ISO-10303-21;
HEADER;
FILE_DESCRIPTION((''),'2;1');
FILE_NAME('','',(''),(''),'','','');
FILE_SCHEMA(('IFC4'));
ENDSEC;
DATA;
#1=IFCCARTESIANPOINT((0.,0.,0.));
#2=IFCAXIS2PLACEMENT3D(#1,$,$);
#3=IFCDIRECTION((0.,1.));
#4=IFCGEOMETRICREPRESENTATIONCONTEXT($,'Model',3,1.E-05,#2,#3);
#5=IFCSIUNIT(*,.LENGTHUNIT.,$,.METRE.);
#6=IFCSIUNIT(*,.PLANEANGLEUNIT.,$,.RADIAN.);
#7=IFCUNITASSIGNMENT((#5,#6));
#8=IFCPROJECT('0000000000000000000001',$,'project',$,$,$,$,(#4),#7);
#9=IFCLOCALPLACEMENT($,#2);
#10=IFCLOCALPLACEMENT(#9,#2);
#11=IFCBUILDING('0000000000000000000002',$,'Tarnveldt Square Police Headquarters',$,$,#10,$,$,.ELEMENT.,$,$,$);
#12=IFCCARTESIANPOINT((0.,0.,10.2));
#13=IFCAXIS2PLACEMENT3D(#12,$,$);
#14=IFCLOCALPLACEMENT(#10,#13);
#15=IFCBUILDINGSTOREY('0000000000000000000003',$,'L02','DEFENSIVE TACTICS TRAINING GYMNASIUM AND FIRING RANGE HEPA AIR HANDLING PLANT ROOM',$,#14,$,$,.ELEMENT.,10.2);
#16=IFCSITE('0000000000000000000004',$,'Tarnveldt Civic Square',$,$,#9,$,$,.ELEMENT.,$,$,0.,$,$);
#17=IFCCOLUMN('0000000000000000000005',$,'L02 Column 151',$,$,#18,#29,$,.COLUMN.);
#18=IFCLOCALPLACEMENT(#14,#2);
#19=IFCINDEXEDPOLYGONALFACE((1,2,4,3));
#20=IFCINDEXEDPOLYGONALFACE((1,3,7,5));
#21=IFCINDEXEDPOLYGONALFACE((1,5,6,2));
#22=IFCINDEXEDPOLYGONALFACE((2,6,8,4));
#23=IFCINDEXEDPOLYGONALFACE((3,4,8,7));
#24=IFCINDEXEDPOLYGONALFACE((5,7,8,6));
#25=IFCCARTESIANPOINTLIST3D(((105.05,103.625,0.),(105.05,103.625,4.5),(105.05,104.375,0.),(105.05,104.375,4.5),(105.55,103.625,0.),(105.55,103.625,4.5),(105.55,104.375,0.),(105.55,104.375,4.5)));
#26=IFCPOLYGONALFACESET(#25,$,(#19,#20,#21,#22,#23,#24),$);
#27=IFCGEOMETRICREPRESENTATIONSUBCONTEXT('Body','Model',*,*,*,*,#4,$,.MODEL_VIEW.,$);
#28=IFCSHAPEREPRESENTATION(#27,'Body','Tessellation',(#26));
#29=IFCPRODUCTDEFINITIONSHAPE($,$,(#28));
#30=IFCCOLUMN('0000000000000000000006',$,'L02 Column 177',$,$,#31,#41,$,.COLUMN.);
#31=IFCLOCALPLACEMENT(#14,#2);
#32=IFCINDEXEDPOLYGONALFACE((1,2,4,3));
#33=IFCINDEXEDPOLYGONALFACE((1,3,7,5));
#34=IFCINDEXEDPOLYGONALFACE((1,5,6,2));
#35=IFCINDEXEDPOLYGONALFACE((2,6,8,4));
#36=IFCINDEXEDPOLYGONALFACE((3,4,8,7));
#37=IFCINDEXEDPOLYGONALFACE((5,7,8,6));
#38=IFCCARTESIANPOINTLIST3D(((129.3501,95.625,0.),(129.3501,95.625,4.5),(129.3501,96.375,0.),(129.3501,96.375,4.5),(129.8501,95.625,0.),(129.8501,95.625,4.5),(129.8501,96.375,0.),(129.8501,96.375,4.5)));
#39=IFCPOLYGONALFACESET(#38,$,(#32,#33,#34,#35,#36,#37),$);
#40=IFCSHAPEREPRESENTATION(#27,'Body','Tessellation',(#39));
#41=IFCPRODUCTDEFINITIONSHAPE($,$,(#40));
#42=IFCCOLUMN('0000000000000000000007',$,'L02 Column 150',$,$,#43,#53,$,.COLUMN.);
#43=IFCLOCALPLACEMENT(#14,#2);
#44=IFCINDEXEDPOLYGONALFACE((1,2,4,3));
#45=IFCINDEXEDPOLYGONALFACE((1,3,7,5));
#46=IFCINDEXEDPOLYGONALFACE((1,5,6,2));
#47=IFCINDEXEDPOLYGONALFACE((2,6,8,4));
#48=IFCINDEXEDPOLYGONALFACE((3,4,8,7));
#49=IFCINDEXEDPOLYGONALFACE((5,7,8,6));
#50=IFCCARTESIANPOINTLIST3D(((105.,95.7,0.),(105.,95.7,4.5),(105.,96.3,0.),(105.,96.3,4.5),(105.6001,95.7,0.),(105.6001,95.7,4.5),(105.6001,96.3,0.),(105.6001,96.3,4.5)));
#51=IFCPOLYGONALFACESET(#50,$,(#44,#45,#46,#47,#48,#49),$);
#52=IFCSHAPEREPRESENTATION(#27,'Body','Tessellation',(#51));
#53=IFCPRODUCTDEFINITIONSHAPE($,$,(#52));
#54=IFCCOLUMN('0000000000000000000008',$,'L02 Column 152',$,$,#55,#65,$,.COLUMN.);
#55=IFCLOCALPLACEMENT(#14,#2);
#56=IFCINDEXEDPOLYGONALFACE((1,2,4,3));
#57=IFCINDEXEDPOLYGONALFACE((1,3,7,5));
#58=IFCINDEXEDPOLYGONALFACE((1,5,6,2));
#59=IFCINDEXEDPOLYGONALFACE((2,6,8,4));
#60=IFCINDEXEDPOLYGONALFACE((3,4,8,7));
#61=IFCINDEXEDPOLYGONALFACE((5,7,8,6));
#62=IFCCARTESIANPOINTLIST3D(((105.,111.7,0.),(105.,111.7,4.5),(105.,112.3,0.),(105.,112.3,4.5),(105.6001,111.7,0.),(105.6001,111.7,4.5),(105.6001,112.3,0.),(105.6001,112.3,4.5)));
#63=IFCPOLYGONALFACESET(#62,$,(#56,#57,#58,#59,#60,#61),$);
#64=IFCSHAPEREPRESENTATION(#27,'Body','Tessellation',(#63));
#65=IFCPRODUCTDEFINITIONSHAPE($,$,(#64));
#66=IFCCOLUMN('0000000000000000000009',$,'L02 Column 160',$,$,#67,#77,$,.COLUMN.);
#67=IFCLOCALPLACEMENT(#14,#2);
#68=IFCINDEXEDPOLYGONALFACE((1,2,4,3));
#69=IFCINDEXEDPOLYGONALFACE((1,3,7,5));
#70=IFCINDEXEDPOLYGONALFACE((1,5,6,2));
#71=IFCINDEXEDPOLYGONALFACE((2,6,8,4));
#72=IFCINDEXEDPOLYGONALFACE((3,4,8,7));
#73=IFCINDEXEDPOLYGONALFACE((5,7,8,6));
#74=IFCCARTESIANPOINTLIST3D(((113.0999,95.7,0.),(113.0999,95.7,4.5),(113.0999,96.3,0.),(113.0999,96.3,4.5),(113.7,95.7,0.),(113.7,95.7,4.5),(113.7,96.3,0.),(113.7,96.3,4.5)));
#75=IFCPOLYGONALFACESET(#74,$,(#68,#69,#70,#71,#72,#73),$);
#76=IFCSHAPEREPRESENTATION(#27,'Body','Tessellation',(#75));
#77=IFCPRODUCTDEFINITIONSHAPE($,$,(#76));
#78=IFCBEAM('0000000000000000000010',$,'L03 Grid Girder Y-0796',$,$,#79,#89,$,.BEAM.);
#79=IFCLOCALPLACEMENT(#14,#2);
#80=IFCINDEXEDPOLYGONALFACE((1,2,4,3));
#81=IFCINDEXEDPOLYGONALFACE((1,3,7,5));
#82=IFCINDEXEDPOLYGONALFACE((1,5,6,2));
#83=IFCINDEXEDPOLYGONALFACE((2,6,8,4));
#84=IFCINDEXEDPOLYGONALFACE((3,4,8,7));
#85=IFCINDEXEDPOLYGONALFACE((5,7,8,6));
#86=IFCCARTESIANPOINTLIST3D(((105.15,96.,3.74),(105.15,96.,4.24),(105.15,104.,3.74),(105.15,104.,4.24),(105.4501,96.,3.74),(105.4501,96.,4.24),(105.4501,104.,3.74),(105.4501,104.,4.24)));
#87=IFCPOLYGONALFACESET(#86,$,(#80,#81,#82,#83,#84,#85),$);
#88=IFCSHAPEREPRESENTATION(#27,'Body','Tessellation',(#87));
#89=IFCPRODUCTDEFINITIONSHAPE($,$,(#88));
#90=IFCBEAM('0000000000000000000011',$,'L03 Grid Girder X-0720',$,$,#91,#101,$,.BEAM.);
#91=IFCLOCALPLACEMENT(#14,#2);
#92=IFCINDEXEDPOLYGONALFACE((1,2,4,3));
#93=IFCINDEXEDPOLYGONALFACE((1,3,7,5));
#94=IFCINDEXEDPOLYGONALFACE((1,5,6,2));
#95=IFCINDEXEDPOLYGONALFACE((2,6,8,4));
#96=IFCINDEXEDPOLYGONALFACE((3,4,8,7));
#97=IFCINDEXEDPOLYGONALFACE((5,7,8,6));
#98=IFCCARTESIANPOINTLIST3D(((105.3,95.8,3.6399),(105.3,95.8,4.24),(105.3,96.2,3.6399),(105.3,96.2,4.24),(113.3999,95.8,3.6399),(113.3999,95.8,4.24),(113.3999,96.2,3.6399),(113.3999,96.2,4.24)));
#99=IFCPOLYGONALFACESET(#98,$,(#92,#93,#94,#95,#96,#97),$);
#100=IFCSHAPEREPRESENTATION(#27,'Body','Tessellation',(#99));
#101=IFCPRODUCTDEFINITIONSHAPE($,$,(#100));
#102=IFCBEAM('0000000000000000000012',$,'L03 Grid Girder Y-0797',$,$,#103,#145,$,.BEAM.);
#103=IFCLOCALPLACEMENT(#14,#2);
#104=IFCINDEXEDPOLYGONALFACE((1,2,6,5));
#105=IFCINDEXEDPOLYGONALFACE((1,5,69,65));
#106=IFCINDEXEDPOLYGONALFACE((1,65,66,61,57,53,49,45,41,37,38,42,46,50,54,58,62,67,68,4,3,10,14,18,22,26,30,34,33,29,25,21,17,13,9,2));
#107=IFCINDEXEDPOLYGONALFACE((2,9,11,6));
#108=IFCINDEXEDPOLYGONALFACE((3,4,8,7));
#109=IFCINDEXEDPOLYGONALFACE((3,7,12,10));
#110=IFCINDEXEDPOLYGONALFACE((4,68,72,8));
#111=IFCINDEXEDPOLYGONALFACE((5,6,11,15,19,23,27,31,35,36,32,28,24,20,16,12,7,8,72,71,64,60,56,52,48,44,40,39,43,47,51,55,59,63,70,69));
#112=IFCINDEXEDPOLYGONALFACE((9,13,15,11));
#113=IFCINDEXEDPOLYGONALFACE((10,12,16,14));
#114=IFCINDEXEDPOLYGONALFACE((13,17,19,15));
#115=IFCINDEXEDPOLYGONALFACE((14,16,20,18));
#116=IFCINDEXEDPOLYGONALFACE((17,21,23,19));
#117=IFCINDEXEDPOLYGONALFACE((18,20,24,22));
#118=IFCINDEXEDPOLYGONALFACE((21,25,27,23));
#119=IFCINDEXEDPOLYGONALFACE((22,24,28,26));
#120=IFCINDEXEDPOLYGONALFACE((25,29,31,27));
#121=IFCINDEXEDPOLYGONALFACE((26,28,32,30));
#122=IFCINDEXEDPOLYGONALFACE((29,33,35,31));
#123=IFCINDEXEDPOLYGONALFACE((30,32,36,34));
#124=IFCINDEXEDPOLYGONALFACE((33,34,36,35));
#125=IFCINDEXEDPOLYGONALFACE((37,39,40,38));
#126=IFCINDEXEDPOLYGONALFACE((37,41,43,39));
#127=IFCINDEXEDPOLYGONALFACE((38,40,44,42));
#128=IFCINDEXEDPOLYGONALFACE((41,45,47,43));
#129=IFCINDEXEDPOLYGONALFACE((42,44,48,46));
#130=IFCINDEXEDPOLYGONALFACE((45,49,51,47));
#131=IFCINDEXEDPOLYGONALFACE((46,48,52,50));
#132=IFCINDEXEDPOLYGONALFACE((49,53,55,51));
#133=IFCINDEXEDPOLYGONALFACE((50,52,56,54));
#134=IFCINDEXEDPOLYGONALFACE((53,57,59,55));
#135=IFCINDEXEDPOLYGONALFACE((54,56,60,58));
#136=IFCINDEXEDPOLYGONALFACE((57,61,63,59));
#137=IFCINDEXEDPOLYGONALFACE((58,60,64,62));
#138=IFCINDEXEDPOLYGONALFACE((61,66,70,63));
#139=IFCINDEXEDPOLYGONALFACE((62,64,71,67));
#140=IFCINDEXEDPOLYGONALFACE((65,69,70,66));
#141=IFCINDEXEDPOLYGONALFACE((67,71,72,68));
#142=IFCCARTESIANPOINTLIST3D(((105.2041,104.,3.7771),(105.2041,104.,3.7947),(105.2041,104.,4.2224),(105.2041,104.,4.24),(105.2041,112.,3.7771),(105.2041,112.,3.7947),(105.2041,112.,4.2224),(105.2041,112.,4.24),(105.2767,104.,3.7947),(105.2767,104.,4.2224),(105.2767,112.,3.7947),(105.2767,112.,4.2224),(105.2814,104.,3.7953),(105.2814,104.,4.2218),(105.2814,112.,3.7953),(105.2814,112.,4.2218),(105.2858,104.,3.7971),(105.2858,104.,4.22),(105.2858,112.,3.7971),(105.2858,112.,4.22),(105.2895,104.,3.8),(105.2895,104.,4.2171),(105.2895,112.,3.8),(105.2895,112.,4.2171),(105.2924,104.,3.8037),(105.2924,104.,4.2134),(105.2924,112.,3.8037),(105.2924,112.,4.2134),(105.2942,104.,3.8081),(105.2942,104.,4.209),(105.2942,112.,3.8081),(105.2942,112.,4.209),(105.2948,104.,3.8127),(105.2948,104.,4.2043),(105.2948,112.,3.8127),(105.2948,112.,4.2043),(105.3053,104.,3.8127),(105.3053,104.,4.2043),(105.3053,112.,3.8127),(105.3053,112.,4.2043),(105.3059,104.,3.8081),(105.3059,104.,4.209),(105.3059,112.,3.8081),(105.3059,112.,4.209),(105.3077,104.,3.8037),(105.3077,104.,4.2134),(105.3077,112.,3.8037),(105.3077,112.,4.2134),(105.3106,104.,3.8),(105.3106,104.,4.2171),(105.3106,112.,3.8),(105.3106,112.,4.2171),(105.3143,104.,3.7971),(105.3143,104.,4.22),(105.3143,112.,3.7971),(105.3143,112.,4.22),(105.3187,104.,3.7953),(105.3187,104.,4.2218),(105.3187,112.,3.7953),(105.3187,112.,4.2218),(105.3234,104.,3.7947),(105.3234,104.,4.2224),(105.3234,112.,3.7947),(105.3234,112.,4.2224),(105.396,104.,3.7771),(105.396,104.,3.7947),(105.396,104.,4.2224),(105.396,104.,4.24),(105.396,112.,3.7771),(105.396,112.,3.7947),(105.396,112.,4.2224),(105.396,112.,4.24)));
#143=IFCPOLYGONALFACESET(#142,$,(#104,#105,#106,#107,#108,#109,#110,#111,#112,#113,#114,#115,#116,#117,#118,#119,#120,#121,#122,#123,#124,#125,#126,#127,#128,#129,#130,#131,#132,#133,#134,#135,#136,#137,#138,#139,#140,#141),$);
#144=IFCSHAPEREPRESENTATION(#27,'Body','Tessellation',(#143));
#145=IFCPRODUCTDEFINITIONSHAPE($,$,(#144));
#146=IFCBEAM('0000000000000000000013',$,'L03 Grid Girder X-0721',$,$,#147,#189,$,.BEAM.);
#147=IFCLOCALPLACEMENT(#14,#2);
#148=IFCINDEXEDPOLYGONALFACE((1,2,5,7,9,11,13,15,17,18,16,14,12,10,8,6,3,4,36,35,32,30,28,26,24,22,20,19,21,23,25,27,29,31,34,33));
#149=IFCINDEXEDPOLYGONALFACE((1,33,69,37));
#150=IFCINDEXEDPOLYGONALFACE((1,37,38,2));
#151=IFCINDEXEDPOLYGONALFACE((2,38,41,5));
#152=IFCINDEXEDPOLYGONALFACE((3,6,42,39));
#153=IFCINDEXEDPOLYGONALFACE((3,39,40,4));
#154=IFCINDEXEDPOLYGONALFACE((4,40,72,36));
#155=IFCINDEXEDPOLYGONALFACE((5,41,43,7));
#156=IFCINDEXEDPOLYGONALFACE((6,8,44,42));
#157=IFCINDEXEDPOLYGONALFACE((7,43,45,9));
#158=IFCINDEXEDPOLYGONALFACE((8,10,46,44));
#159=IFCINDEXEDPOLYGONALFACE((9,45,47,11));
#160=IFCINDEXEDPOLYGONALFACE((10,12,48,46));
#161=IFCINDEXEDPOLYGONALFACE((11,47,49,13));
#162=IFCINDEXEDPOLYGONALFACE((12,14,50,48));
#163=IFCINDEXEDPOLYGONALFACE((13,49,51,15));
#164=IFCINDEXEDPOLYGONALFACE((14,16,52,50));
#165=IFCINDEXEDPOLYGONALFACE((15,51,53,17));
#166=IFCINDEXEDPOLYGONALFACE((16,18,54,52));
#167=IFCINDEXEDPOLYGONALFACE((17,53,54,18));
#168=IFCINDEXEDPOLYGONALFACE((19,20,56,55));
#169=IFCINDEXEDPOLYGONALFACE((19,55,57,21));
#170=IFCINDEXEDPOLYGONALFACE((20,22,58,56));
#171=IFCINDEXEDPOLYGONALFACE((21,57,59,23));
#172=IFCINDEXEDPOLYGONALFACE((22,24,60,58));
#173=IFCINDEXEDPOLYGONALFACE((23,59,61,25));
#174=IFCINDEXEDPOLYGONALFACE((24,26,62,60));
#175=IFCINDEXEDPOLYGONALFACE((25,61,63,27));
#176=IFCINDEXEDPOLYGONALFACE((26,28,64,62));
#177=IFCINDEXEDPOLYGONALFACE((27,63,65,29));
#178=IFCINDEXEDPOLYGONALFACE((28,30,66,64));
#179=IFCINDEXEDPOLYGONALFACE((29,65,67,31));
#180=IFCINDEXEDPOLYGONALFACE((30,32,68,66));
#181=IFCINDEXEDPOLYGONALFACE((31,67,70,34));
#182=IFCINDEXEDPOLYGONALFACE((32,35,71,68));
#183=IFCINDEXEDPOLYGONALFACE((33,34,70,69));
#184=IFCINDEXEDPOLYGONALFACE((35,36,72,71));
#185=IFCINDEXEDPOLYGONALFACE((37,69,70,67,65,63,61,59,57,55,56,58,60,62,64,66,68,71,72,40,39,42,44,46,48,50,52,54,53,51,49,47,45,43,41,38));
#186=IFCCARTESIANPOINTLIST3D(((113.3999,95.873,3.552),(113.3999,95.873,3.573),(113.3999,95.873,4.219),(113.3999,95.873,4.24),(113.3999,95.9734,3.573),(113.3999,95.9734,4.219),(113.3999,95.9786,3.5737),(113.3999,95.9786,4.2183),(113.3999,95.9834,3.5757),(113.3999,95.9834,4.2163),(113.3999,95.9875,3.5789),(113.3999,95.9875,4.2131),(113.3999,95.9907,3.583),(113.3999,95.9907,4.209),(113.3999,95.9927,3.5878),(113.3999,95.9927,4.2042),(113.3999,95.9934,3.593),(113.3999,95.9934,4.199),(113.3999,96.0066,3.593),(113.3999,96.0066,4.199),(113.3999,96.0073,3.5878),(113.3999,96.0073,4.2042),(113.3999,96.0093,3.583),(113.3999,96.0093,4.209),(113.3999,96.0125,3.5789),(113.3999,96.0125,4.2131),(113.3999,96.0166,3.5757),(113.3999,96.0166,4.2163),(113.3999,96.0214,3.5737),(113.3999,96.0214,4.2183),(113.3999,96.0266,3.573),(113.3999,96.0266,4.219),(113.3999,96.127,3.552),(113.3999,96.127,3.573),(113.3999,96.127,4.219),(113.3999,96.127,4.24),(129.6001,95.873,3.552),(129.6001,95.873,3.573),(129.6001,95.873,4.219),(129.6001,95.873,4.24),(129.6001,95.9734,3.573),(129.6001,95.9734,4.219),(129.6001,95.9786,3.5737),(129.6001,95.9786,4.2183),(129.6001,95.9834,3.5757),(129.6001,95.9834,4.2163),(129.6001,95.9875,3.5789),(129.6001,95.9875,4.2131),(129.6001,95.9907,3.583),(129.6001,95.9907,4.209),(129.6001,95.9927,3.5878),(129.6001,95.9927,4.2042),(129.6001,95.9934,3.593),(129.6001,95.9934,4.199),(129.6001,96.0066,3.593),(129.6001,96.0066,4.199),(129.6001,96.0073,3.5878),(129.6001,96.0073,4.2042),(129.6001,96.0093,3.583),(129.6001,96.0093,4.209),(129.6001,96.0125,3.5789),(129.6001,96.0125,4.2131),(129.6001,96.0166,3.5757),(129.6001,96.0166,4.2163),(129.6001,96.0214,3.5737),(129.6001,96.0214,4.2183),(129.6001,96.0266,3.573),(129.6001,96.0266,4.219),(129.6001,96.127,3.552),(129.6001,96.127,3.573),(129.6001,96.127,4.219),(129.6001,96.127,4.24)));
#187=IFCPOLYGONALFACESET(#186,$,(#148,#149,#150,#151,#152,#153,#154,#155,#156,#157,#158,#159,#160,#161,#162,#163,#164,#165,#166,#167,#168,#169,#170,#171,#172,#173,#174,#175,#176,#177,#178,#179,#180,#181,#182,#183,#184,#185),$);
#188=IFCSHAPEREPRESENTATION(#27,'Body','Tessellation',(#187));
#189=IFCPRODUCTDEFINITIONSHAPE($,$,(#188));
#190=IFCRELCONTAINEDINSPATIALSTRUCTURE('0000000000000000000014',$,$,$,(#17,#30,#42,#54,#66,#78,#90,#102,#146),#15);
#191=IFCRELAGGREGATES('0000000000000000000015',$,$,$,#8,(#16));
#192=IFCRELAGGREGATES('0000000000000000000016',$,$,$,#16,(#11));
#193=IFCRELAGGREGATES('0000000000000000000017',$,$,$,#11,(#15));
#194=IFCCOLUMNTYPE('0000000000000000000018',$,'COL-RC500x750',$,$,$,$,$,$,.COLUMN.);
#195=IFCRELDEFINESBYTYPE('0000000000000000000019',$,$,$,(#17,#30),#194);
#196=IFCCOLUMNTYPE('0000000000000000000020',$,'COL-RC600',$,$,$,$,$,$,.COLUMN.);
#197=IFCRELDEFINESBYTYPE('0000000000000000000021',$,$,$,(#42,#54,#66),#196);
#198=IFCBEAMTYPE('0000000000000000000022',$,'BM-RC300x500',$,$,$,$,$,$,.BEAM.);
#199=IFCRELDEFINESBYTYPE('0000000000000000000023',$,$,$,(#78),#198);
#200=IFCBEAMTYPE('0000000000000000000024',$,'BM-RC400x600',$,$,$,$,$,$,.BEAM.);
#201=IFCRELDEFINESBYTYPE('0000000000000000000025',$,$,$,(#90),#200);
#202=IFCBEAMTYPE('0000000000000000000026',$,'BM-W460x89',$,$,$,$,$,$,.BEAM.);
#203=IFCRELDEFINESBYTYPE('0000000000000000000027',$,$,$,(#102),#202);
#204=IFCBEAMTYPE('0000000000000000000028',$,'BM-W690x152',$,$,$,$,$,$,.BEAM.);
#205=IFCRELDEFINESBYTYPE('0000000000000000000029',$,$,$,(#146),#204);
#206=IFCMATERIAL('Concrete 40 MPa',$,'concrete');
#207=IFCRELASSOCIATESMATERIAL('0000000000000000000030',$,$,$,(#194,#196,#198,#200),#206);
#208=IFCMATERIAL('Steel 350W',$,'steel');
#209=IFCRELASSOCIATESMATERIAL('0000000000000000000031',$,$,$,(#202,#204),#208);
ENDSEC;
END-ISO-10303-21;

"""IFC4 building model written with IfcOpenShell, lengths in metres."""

from ifc_helpers import new_model, si_unit, direction, frame, origin, origin_2d, place, context, subcontext, project, spatial, rectangle, i_section, extrude, material, material_profile, profile_set, type_object, element, save


model = new_model("IFC4")

# Units and contexts
model_context = context("Model", 3, precision=1e-05, world=origin(), true_north=direction((0.0, 1.0)))
body_context = subcontext(model_context, "Body", "Model", "MODEL_VIEW")
ifc_project = project(units=[si_unit("LENGTHUNIT", "METRE"), si_unit("PLANEANGLEUNIT", "RADIAN")], contexts=[model_context])

# Site, building, storey
site_placement = place(None, origin())
site = spatial("IfcSite", under=ifc_project, at=site_placement, Name="Tarnveldt Civic Square", CompositionType="ELEMENT", RefElevation=0.0)
building_placement = place(site_placement, origin())
building = spatial("IfcBuilding", under=site, at=building_placement, Name="Tarnveldt Square Police Headquarters", CompositionType="ELEMENT")
storey_placement = place(building_placement, frame((0.0, 0.0, 10.2)))
storey = spatial("IfcBuildingStorey", under=building, at=storey_placement, Name="L02", Description="DEFENSIVE TACTICS TRAINING GYMNASIUM AND FIRING RANGE HEPA AIR HANDLING PLANT ROOM", CompositionType="ELEMENT", Elevation=10.2)

# Columns
ifc_material_1 = material(Name="Concrete 40 MPa", Category="concrete")
ifc_material_profile_1 = material_profile(ifc_material_1, rectangle(XDim=0.5, YDim=0.75, at=origin_2d()), Name="RC-C500x750")
ifc_profile_set_1 = profile_set([ifc_material_profile_1], Name="Concrete 40 MPa")
column_type_1 = type_object("IfcColumnType", Name="COL-RC500x750", PredefinedType="COLUMN", material=ifc_profile_set_1)
for number, where, z_axis, x_axis, name in (
    (1, (105.3, 104.0, 0.0), (0.0, 0.0, 1.0), (1.0, 0.0, 0.0), "L02 Column 151"),
    (2, (129.6001, 96.0, 0.0), (0.0, 0.0, 1.0), (1.0, 0.0, 0.0), "L02 Column 177"),
):
    element("IfcColumn", number, at=place(storey_placement, frame(where, z_axis=z_axis, x_axis=x_axis)), inside=storey, type_object=column_type_1, Name=name, PredefinedType="COLUMN", context=body_context, shape_type="SweptSolid", body=[
        extrude(rectangle(XDim=0.5, YDim=0.75, at=origin_2d()), origin(), (0.0, 0.0, 1.0), 4.5),
    ])
ifc_material_profile_2 = material_profile(ifc_material_1, rectangle(XDim=0.6001, YDim=0.6001, at=origin_2d()), Name="RC-C600x600")
ifc_profile_set_2 = profile_set([ifc_material_profile_2], Name="Concrete 40 MPa")
column_type_2 = type_object("IfcColumnType", Name="COL-RC600", PredefinedType="COLUMN", material=ifc_profile_set_2)
for number, where, z_axis, x_axis, name in (
    (3, (105.3, 96.0, 0.0), (0.0, 0.0, 1.0), (1.0, 0.0, 0.0), "L02 Column 150"),
    (4, (105.3, 112.0, 0.0), (0.0, 0.0, 1.0), (1.0, 0.0, 0.0), "L02 Column 152"),
    (5, (113.3999, 96.0, 0.0), (0.0, 0.0, 1.0), (1.0, 0.0, 0.0), "L02 Column 160"),
):
    element("IfcColumn", number, at=place(storey_placement, frame(where, z_axis=z_axis, x_axis=x_axis)), inside=storey, type_object=column_type_2, Name=name, PredefinedType="COLUMN", context=body_context, shape_type="SweptSolid", body=[
        extrude(rectangle(XDim=0.6001, YDim=0.6001, at=origin_2d()), origin(), (0.0, 0.0, 1.0), 4.5),
    ])

# Beams
ifc_material_profile_3 = material_profile(ifc_material_1, rectangle(XDim=0.3, YDim=0.5, at=origin_2d()), Name="RC-B300x500")
ifc_profile_set_3 = profile_set([ifc_material_profile_3], Name="Concrete 40 MPa")
beam_type_1 = type_object("IfcBeamType", Name="BM-RC300x500", PredefinedType="BEAM", material=ifc_profile_set_3)
beam_1_placement = place(storey_placement, frame((105.3, 96.0, 3.99), z_axis=(0.0, 1.0, 0.0), x_axis=(-1.0, 0.0, 0.0)))
element("IfcBeam", 6, at=beam_1_placement, inside=storey, type_object=beam_type_1, Name="L03 Grid Girder Y-0796", PredefinedType="BEAM", context=body_context, shape_type="SweptSolid", body=[
    extrude(rectangle(XDim=0.3, YDim=0.5, at=origin_2d()), origin(), (0.0, 0.0, 1.0), 8.0),
])
ifc_material_profile_4 = material_profile(ifc_material_1, rectangle(XDim=0.3999, YDim=0.6001, at=origin_2d()), Name="RC-B400x600")
ifc_profile_set_4 = profile_set([ifc_material_profile_4], Name="Concrete 40 MPa")
beam_type_2 = type_object("IfcBeamType", Name="BM-RC400x600", PredefinedType="BEAM", material=ifc_profile_set_4)
beam_2_placement = place(storey_placement, frame((105.3, 96.0, 3.9399), z_axis=(1.0, 0.0, 0.0), x_axis=(0.0, 1.0, 0.0)))
element("IfcBeam", 7, at=beam_2_placement, inside=storey, type_object=beam_type_2, Name="L03 Grid Girder X-0720", PredefinedType="BEAM", context=body_context, shape_type="SweptSolid", body=[
    extrude(rectangle(XDim=0.3999, YDim=0.6001, at=origin_2d()), origin(), (0.0, 0.0, 1.0), 8.0999),
])
ifc_material_2 = material(Name="Steel 350W", Category="steel")
ifc_material_profile_5 = material_profile(ifc_material_2, i_section(OverallWidth=0.1919, OverallDepth=0.4629, WebThickness=0.0105, FlangeThickness=0.0176, FilletRadius=0.0181, at=origin_2d()), Name="W460x89")
ifc_profile_set_5 = profile_set([ifc_material_profile_5], Name="Steel 350W")
beam_type_3 = type_object("IfcBeamType", Name="BM-W460x89", PredefinedType="BEAM", material=ifc_profile_set_5)
beam_3_placement = place(storey_placement, frame((105.3, 104.0, 4.0085), z_axis=(0.0, 1.0, 0.0), x_axis=(-1.0, 0.0, 0.0)))
element("IfcBeam", 8, at=beam_3_placement, inside=storey, type_object=beam_type_3, Name="L03 Grid Girder Y-0797", PredefinedType="BEAM", context=body_context, shape_type="SweptSolid", body=[
    extrude(i_section(OverallWidth=0.1919, OverallDepth=0.4629, WebThickness=0.0105, FlangeThickness=0.0176, FilletRadius=0.0181, at=origin_2d()), origin(), (0.0, 0.0, 1.0), 8.0),
])
ifc_material_profile_6 = material_profile(ifc_material_2, i_section(OverallWidth=0.2539, OverallDepth=0.688, WebThickness=0.0132, FlangeThickness=0.021, FilletRadius=0.02, at=origin_2d()), Name="W690x152")
ifc_profile_set_6 = profile_set([ifc_material_profile_6], Name="Steel 350W")
beam_type_4 = type_object("IfcBeamType", Name="BM-W690x152", PredefinedType="BEAM", material=ifc_profile_set_6)
beam_4_placement = place(storey_placement, frame((113.3999, 96.0, 3.896), z_axis=(1.0, 0.0, 0.0), x_axis=(0.0, 1.0, 0.0)))
element("IfcBeam", 9, at=beam_4_placement, inside=storey, type_object=beam_type_4, Name="L03 Grid Girder X-0721", PredefinedType="BEAM", context=body_context, shape_type="SweptSolid", body=[
    extrude(i_section(OverallWidth=0.2539, OverallDepth=0.688, WebThickness=0.0132, FlangeThickness=0.021, FilletRadius=0.02, at=origin_2d()), origin(), (0.0, 0.0, 1.0), 16.2002),
])

save(model, "model.ifc")
